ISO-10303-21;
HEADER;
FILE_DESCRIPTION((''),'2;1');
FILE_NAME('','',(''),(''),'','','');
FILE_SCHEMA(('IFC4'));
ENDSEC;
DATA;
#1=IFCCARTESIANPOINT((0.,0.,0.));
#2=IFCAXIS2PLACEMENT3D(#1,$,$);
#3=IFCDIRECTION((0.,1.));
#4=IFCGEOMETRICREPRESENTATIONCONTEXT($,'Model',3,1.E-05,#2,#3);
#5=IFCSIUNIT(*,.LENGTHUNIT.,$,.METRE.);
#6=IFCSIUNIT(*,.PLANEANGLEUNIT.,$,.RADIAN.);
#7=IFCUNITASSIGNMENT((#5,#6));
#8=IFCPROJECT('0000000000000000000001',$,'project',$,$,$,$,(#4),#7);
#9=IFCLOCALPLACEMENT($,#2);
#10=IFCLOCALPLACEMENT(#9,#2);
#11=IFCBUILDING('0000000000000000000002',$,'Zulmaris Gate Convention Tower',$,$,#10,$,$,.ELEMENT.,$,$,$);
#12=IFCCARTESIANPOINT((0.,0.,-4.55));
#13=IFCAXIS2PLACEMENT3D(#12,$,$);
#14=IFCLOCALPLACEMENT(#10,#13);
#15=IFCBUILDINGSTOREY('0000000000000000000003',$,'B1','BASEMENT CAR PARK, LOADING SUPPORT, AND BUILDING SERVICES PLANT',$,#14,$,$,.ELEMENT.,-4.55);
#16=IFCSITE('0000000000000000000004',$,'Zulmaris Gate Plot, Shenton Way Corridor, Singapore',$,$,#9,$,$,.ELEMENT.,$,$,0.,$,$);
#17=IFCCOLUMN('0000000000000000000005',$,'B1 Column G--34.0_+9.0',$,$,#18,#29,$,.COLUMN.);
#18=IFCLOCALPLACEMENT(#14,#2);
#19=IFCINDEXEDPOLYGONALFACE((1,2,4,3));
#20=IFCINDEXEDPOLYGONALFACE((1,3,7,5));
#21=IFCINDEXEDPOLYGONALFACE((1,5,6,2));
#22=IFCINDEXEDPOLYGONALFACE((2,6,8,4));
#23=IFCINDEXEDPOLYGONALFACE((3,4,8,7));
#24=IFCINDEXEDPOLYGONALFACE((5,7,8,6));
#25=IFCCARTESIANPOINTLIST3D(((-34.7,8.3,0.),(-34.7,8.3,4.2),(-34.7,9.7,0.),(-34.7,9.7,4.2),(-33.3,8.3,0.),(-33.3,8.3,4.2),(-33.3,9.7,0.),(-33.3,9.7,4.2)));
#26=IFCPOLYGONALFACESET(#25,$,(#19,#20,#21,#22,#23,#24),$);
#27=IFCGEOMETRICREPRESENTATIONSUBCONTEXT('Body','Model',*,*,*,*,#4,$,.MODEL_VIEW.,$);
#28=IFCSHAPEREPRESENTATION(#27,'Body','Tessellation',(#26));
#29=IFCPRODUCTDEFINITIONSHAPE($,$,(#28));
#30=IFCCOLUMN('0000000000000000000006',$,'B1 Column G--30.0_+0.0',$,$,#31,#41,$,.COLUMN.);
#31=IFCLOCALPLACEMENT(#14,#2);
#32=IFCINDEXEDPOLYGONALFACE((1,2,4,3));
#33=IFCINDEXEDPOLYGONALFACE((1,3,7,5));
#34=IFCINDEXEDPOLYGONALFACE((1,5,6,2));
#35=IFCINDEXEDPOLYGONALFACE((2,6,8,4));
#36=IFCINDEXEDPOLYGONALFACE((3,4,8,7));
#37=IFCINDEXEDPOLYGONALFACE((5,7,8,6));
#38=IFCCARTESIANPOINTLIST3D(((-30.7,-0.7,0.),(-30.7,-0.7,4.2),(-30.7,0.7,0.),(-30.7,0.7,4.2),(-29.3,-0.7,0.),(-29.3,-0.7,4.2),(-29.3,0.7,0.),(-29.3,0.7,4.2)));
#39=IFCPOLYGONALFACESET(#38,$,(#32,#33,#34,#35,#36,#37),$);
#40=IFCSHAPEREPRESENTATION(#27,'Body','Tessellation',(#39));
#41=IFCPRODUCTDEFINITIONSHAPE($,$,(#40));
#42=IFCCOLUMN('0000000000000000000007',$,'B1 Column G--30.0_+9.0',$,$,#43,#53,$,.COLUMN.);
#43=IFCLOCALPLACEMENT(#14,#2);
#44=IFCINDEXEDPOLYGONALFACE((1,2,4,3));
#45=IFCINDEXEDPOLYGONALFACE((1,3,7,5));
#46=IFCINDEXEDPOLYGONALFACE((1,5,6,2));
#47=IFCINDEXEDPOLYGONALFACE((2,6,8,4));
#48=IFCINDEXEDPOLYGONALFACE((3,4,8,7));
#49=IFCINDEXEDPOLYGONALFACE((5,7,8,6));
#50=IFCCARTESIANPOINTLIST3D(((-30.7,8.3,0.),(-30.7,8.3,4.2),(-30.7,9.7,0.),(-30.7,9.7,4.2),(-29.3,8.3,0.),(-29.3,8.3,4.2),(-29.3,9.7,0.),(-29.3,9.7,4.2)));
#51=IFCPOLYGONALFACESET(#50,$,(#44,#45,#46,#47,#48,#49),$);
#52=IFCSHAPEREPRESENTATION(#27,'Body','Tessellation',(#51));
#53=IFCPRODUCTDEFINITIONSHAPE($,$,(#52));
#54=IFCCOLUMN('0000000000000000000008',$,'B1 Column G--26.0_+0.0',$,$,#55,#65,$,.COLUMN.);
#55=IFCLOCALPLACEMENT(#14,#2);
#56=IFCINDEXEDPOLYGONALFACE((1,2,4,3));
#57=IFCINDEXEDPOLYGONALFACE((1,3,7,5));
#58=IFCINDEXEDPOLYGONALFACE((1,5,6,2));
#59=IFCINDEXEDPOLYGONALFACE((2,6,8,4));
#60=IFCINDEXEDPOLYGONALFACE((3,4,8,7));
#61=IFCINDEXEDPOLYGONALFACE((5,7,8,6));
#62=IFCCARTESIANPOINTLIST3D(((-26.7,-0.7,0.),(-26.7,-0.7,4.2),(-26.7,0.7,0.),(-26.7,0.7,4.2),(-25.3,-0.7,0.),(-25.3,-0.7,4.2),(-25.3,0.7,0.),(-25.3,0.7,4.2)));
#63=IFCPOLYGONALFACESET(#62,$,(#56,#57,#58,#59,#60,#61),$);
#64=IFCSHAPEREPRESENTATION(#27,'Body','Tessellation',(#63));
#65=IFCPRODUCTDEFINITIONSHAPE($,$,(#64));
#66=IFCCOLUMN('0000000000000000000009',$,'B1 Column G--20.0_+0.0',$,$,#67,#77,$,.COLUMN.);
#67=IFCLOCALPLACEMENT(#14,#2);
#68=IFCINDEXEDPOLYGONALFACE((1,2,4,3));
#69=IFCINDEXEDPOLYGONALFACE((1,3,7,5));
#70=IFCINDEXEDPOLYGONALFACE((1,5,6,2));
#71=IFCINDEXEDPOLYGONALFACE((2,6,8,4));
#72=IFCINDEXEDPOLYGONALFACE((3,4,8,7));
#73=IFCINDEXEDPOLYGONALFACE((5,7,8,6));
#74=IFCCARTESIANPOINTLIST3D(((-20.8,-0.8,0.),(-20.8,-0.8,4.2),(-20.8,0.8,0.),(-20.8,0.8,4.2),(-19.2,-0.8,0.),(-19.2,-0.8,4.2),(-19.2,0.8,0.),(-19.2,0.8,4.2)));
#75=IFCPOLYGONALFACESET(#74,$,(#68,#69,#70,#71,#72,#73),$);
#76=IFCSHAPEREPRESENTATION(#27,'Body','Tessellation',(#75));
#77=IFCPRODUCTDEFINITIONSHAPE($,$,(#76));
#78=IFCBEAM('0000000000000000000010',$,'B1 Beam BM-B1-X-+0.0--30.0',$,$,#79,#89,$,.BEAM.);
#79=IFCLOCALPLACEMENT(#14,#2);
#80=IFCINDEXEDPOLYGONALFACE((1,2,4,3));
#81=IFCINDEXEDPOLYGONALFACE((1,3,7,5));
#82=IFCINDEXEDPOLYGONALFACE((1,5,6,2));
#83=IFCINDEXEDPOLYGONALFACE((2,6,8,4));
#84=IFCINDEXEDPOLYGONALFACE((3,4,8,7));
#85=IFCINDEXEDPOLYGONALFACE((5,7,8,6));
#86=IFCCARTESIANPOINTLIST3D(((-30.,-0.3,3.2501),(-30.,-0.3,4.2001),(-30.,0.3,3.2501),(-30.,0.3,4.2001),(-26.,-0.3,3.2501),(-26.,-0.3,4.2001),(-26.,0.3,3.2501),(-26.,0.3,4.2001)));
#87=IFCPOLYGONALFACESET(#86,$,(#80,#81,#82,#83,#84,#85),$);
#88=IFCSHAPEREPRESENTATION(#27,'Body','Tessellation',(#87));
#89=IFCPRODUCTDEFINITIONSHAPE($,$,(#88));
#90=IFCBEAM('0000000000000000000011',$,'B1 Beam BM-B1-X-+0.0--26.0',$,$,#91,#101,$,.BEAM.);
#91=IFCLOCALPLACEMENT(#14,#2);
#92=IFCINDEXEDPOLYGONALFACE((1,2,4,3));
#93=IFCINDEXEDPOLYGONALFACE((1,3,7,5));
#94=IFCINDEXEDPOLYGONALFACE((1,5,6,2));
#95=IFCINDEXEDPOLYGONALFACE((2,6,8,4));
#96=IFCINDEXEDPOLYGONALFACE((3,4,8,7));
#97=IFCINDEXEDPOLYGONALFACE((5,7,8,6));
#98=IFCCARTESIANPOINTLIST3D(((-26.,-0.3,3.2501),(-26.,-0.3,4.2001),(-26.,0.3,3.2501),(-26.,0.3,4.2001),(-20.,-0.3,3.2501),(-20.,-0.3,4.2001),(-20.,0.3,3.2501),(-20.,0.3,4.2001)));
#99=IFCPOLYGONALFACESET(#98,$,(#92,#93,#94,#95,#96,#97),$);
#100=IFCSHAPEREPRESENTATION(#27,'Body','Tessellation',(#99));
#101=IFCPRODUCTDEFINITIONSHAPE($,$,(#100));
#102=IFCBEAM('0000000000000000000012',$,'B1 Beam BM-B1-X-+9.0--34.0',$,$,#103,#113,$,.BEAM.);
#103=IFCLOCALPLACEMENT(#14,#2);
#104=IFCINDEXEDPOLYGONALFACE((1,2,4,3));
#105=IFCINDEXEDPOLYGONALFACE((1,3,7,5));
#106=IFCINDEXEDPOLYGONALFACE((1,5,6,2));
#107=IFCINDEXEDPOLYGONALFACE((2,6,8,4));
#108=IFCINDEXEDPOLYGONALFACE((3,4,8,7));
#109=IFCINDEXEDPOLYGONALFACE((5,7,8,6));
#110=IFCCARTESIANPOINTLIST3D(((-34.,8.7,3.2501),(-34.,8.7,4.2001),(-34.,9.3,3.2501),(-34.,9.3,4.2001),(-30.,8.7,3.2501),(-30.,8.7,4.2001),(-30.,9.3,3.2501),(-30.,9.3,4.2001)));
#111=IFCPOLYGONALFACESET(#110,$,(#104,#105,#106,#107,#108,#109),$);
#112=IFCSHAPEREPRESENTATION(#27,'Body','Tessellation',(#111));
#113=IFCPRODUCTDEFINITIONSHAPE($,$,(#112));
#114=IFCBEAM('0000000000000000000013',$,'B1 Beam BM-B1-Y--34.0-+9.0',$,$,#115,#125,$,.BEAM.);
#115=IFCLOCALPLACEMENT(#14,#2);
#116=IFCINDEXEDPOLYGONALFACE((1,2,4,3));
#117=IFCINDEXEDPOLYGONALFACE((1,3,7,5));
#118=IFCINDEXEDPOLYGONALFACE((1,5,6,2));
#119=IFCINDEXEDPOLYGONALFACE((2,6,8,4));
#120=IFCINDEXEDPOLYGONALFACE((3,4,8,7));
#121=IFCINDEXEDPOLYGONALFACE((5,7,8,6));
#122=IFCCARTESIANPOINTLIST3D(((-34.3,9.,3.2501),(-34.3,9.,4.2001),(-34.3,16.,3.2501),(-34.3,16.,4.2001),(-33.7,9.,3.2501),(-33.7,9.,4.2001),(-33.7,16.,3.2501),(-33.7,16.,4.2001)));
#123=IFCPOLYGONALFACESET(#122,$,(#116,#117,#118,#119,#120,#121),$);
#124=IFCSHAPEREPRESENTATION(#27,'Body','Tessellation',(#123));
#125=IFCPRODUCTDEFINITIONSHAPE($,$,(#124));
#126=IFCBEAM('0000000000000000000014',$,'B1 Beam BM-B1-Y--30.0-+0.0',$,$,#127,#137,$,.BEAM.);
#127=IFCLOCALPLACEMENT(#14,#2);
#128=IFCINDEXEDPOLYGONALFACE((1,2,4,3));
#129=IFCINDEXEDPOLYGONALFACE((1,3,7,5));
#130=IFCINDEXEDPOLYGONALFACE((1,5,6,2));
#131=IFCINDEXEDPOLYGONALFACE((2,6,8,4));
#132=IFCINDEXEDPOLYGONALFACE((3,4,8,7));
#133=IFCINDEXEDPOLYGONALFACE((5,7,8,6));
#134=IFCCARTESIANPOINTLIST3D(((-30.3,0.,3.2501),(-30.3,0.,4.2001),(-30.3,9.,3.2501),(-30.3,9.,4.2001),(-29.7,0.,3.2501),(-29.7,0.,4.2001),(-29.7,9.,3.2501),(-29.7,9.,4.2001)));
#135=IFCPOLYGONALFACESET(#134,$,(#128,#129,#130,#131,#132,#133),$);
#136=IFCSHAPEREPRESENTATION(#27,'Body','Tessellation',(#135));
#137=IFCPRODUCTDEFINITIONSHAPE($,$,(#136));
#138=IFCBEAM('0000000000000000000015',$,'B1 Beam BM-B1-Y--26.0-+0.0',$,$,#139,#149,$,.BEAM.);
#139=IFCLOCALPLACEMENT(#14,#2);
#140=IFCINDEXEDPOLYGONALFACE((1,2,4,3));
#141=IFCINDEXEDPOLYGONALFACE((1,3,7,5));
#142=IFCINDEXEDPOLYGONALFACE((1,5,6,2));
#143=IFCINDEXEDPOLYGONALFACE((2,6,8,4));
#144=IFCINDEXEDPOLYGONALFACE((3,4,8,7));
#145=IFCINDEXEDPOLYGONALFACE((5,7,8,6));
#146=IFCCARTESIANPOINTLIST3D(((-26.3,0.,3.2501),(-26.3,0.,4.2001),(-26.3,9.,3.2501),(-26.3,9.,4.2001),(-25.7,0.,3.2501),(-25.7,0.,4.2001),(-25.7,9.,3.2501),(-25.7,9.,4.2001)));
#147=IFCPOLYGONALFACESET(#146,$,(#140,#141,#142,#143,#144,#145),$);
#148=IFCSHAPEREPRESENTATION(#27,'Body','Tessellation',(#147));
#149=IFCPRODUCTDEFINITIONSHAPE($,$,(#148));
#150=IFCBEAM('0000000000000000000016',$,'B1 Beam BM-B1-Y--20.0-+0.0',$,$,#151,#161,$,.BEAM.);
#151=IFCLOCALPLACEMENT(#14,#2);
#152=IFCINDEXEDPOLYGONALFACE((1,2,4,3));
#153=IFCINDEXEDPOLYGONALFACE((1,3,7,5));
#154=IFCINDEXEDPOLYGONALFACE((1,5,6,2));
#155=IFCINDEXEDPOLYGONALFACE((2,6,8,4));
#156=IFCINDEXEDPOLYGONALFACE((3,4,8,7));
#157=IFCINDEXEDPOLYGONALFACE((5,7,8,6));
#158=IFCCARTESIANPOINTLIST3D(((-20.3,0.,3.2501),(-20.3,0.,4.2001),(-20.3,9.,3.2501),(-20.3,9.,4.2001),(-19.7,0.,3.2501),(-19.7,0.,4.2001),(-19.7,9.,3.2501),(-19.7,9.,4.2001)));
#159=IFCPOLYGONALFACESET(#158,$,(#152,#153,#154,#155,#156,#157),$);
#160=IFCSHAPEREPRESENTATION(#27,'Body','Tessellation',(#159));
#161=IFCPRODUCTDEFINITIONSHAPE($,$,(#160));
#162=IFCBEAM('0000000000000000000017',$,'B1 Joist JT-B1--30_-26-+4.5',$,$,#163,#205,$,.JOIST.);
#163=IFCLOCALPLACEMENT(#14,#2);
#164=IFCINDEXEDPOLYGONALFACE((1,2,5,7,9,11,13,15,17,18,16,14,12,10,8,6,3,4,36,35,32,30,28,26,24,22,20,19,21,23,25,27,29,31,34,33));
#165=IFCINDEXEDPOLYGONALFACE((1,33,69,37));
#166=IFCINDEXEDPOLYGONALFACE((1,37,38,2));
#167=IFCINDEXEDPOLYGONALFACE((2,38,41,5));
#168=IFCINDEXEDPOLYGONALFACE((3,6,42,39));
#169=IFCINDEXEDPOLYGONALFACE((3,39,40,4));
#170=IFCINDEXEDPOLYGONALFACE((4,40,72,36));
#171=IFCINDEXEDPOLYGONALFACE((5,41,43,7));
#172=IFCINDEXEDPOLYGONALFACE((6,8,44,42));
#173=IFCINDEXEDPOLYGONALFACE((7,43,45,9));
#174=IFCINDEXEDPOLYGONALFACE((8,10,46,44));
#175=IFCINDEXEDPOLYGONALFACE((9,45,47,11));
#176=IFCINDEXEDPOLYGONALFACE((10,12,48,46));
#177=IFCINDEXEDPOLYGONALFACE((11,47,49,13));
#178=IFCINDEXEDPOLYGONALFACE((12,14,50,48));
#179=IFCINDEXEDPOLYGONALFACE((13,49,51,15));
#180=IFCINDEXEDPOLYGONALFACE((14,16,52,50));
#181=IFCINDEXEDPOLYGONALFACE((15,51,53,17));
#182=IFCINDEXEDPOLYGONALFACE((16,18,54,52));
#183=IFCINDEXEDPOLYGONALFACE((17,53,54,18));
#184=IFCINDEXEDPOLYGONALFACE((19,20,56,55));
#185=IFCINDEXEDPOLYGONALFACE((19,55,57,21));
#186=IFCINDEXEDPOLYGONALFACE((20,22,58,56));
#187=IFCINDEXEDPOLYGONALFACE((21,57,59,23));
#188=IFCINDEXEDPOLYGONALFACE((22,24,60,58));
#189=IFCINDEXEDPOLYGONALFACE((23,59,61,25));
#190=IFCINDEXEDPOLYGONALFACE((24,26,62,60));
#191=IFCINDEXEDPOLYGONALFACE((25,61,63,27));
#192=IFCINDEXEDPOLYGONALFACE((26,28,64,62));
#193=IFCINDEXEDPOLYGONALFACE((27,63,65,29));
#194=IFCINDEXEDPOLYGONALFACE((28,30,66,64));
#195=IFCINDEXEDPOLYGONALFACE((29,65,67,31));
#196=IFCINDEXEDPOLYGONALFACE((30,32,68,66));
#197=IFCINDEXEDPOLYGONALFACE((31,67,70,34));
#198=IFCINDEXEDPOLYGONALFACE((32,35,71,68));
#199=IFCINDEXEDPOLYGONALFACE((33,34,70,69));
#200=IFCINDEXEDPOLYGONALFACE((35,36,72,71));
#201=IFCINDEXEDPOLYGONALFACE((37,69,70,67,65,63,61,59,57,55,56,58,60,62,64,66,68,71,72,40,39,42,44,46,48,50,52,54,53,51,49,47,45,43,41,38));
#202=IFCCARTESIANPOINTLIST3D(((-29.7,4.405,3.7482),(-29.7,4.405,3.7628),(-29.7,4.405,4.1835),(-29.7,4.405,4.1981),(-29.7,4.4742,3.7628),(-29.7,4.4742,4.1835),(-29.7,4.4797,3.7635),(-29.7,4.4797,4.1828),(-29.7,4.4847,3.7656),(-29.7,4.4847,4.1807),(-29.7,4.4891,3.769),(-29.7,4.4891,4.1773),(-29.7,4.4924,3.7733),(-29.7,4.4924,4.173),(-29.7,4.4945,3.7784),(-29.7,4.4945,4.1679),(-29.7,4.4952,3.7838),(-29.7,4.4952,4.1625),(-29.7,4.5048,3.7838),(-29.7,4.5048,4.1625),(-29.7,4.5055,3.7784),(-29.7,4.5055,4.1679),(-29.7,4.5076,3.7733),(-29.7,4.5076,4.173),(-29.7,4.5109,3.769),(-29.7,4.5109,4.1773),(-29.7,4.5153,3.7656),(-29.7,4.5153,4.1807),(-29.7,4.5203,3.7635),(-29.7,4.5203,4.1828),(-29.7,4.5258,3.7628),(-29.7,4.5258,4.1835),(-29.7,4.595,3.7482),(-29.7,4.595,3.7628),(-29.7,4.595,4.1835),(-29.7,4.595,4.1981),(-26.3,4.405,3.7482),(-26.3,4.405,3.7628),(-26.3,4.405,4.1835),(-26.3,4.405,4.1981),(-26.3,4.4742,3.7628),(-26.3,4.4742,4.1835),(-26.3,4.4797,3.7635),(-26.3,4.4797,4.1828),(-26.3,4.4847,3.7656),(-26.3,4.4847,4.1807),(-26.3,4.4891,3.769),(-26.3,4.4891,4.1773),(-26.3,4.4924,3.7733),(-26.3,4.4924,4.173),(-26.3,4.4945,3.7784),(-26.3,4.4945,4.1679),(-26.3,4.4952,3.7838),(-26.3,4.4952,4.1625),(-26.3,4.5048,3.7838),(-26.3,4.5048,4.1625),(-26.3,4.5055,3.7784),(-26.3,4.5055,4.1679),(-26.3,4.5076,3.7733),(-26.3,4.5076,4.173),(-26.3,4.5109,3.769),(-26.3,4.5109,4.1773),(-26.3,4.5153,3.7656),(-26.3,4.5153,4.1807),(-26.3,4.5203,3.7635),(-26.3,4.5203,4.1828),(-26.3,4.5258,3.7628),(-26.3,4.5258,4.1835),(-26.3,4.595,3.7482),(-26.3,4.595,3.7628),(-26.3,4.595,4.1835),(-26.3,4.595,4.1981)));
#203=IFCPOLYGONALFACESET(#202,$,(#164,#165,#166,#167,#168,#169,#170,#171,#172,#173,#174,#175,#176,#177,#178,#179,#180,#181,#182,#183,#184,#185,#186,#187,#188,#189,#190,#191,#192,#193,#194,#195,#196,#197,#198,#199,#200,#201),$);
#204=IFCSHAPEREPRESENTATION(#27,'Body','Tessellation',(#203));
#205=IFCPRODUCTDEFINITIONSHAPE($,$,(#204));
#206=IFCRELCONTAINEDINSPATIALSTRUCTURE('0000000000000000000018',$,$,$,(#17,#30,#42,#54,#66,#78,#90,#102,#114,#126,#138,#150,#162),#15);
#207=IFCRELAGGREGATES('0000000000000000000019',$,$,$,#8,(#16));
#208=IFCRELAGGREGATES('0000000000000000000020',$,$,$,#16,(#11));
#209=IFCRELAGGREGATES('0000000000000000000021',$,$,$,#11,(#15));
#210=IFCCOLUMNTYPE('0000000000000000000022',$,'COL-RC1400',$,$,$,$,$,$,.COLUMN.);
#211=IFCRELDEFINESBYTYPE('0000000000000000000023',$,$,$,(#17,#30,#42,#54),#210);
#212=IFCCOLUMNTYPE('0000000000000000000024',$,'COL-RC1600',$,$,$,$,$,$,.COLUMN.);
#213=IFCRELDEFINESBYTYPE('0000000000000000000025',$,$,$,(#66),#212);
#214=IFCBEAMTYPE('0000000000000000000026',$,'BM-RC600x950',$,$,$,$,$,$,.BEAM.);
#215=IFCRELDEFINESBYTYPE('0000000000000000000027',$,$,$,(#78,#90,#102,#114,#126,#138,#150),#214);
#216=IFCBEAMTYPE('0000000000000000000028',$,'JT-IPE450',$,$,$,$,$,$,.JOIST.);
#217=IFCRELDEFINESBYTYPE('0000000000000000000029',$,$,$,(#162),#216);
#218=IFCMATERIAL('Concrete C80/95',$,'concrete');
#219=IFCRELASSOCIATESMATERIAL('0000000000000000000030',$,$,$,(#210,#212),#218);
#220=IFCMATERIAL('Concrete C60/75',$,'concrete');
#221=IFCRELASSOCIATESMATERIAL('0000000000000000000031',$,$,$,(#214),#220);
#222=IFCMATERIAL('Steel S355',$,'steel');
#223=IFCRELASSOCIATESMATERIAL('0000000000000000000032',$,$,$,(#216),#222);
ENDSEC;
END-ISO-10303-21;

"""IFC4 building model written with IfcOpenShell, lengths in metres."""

from ifc_helpers import new_model, si_unit, direction, frame, origin, origin_2d, place, context, subcontext, project, spatial, rectangle, i_section, extrude, material, material_profile, profile_set, type_object, element, save


model = new_model("IFC4")

# Units and contexts
model_context = context("Model", 3, precision=1e-05, world=origin(), true_north=direction((0.0, 1.0)))
body_context = subcontext(model_context, "Body", "Model", "MODEL_VIEW")
ifc_project = project(units=[si_unit("LENGTHUNIT", "METRE"), si_unit("PLANEANGLEUNIT", "RADIAN")], contexts=[model_context])

# Site, building, storey
site_placement = place(None, origin())
site = spatial("IfcSite", under=ifc_project, at=site_placement, Name="Zulmaris Gate Plot, Shenton Way Corridor, Singapore", CompositionType="ELEMENT", RefElevation=0.0)
building_placement = place(site_placement, origin())
building = spatial("IfcBuilding", under=site, at=building_placement, Name="Zulmaris Gate Convention Tower", CompositionType="ELEMENT")
storey_placement = place(building_placement, frame((0.0, 0.0, -4.55)))
storey = spatial("IfcBuildingStorey", under=building, at=storey_placement, Name="B1", Description="BASEMENT CAR PARK, LOADING SUPPORT, AND BUILDING SERVICES PLANT", CompositionType="ELEMENT", Elevation=-4.55)

# Columns
ifc_material_1 = material(Name="Concrete C80/95", Category="concrete")
ifc_material_profile_1 = material_profile(ifc_material_1, rectangle(XDim=1.3999, YDim=1.3999, at=origin_2d()), Name="RC COL 1400x1400")
ifc_profile_set_1 = profile_set([ifc_material_profile_1], Name="Concrete C80/95")
column_type_1 = type_object("IfcColumnType", Name="COL-RC1400", PredefinedType="COLUMN", material=ifc_profile_set_1)
for number, where, z_axis, x_axis, name in (
    (1, (-34.0, 9.0, 0.0), (0.0, 0.0, 1.0), (1.0, 0.0, 0.0), "B1 Column G--34.0_+9.0"),
    (2, (-30.0, 0.0, 0.0), (0.0, 0.0, 1.0), (1.0, 0.0, 0.0), "B1 Column G--30.0_+0.0"),
    (3, (-30.0, 9.0, 0.0), (0.0, 0.0, 1.0), (1.0, 0.0, 0.0), "B1 Column G--30.0_+9.0"),
    (4, (-26.0, 0.0, 0.0), (0.0, 0.0, 1.0), (1.0, 0.0, 0.0), "B1 Column G--26.0_+0.0"),
):
    element("IfcColumn", number, at=place(storey_placement, frame(where, z_axis=z_axis, x_axis=x_axis)), inside=storey, type_object=column_type_1, Name=name, PredefinedType="COLUMN", context=body_context, shape_type="SweptSolid", body=[
        extrude(rectangle(XDim=1.3999, YDim=1.3999, at=origin_2d()), origin(), (0.0, 0.0, 1.0), 4.2),
    ])
ifc_material_profile_2 = material_profile(ifc_material_1, rectangle(XDim=1.6001, YDim=1.6001, at=origin_2d()), Name="RC COL 1600x1600")
ifc_profile_set_2 = profile_set([ifc_material_profile_2], Name="Concrete C80/95")
column_type_2 = type_object("IfcColumnType", Name="COL-RC1600", PredefinedType="COLUMN", material=ifc_profile_set_2)
column_placement = place(storey_placement, frame((-20.0, 0.0, 0.0), z_axis=(0.0, 0.0, 1.0), x_axis=(1.0, 0.0, 0.0)))
element("IfcColumn", 5, at=column_placement, inside=storey, type_object=column_type_2, Name="B1 Column G--20.0_+0.0", PredefinedType="COLUMN", context=body_context, shape_type="SweptSolid", body=[
    extrude(rectangle(XDim=1.6001, YDim=1.6001, at=origin_2d()), origin(), (0.0, 0.0, 1.0), 4.2),
])

# Beams
ifc_material_2 = material(Name="Concrete C60/75", Category="concrete")
ifc_material_profile_3 = material_profile(ifc_material_2, rectangle(XDim=0.6001, YDim=0.95, at=origin_2d()), Name="RC BEAM 600x950")
ifc_profile_set_3 = profile_set([ifc_material_profile_3], Name="Concrete C60/75")
beam_type_1 = type_object("IfcBeamType", Name="BM-RC600x950", PredefinedType="BEAM", material=ifc_profile_set_3)
beam_1_placement = place(storey_placement, frame((-30.0, 0.0, 3.7251), z_axis=(1.0, 0.0, 0.0), x_axis=(0.0, 1.0, 0.0)))
element("IfcBeam", 6, at=beam_1_placement, inside=storey, type_object=beam_type_1, Name="B1 Beam BM-B1-X-+0.0--30.0", PredefinedType="BEAM", context=body_context, shape_type="SweptSolid", body=[
    extrude(rectangle(XDim=0.6001, YDim=0.95, at=origin_2d()), origin(), (0.0, 0.0, 1.0), 4.0),
])
beam_2_placement = place(storey_placement, frame((-26.0, 0.0, 3.7251), z_axis=(1.0, 0.0, 0.0), x_axis=(0.0, 1.0, 0.0)))
element("IfcBeam", 7, at=beam_2_placement, inside=storey, type_object=beam_type_1, Name="B1 Beam BM-B1-X-+0.0--26.0", PredefinedType="BEAM", context=body_context, shape_type="SweptSolid", body=[
    extrude(rectangle(XDim=0.6001, YDim=0.95, at=origin_2d()), origin(), (0.0, 0.0, 1.0), 6.0),
])
beam_3_placement = place(storey_placement, frame((-34.0, 9.0, 3.7251), z_axis=(1.0, 0.0, 0.0), x_axis=(0.0, 1.0, 0.0)))
element("IfcBeam", 8, at=beam_3_placement, inside=storey, type_object=beam_type_1, Name="B1 Beam BM-B1-X-+9.0--34.0", PredefinedType="BEAM", context=body_context, shape_type="SweptSolid", body=[
    extrude(rectangle(XDim=0.6001, YDim=0.95, at=origin_2d()), origin(), (0.0, 0.0, 1.0), 4.0),
])
beam_4_placement = place(storey_placement, frame((-34.0, 9.0, 3.7251), z_axis=(0.0, 1.0, 0.0), x_axis=(-1.0, 0.0, 0.0)))
element("IfcBeam", 9, at=beam_4_placement, inside=storey, type_object=beam_type_1, Name="B1 Beam BM-B1-Y--34.0-+9.0", PredefinedType="BEAM", context=body_context, shape_type="SweptSolid", body=[
    extrude(rectangle(XDim=0.6001, YDim=0.95, at=origin_2d()), origin(), (0.0, 0.0, 1.0), 7.0),
])
for number, where, z_axis, x_axis, name in (
    (10, (-30.0, 0.0, 3.7251), (0.0, 1.0, 0.0), (-1.0, 0.0, 0.0), "B1 Beam BM-B1-Y--30.0-+0.0"),
    (11, (-26.0, 0.0, 3.7251), (0.0, 1.0, 0.0), (-1.0, 0.0, 0.0), "B1 Beam BM-B1-Y--26.0-+0.0"),
    (12, (-20.0, 0.0, 3.7251), (0.0, 1.0, 0.0), (-1.0, 0.0, 0.0), "B1 Beam BM-B1-Y--20.0-+0.0"),
):
    element("IfcBeam", number, at=place(storey_placement, frame(where, z_axis=z_axis, x_axis=x_axis)), inside=storey, type_object=beam_type_1, Name=name, PredefinedType="BEAM", context=body_context, shape_type="SweptSolid", body=[
        extrude(rectangle(XDim=0.6001, YDim=0.95, at=origin_2d()), origin(), (0.0, 0.0, 1.0), 9.0),
    ])
ifc_material_3 = material(Name="Steel S355", Category="steel")
ifc_material_profile_4 = material_profile(ifc_material_3, i_section(OverallWidth=0.1899, OverallDepth=0.45, WebThickness=0.0095, FlangeThickness=0.0146, FilletRadius=0.021, at=origin_2d()), Name="IPE 450")
ifc_profile_set_4 = profile_set([ifc_material_profile_4], Name="Steel S355")
beam_type_2 = type_object("IfcBeamType", Name="JT-IPE450", PredefinedType="JOIST", material=ifc_profile_set_4)
beam_5_placement = place(storey_placement, frame((-29.7, 4.5, 3.9731), z_axis=(1.0, 0.0, 0.0), x_axis=(0.0, 1.0, 0.0)))
element("IfcBeam", 13, at=beam_5_placement, inside=storey, type_object=beam_type_2, Name="B1 Joist JT-B1--30_-26-+4.5", PredefinedType="JOIST", context=body_context, shape_type="SweptSolid", body=[
    extrude(i_section(OverallWidth=0.1899, OverallDepth=0.45, WebThickness=0.0095, FlangeThickness=0.0146, FilletRadius=0.021, at=origin_2d()), origin(), (0.0, 0.0, 1.0), 3.3999),
])

save(model, "model.ifc")
